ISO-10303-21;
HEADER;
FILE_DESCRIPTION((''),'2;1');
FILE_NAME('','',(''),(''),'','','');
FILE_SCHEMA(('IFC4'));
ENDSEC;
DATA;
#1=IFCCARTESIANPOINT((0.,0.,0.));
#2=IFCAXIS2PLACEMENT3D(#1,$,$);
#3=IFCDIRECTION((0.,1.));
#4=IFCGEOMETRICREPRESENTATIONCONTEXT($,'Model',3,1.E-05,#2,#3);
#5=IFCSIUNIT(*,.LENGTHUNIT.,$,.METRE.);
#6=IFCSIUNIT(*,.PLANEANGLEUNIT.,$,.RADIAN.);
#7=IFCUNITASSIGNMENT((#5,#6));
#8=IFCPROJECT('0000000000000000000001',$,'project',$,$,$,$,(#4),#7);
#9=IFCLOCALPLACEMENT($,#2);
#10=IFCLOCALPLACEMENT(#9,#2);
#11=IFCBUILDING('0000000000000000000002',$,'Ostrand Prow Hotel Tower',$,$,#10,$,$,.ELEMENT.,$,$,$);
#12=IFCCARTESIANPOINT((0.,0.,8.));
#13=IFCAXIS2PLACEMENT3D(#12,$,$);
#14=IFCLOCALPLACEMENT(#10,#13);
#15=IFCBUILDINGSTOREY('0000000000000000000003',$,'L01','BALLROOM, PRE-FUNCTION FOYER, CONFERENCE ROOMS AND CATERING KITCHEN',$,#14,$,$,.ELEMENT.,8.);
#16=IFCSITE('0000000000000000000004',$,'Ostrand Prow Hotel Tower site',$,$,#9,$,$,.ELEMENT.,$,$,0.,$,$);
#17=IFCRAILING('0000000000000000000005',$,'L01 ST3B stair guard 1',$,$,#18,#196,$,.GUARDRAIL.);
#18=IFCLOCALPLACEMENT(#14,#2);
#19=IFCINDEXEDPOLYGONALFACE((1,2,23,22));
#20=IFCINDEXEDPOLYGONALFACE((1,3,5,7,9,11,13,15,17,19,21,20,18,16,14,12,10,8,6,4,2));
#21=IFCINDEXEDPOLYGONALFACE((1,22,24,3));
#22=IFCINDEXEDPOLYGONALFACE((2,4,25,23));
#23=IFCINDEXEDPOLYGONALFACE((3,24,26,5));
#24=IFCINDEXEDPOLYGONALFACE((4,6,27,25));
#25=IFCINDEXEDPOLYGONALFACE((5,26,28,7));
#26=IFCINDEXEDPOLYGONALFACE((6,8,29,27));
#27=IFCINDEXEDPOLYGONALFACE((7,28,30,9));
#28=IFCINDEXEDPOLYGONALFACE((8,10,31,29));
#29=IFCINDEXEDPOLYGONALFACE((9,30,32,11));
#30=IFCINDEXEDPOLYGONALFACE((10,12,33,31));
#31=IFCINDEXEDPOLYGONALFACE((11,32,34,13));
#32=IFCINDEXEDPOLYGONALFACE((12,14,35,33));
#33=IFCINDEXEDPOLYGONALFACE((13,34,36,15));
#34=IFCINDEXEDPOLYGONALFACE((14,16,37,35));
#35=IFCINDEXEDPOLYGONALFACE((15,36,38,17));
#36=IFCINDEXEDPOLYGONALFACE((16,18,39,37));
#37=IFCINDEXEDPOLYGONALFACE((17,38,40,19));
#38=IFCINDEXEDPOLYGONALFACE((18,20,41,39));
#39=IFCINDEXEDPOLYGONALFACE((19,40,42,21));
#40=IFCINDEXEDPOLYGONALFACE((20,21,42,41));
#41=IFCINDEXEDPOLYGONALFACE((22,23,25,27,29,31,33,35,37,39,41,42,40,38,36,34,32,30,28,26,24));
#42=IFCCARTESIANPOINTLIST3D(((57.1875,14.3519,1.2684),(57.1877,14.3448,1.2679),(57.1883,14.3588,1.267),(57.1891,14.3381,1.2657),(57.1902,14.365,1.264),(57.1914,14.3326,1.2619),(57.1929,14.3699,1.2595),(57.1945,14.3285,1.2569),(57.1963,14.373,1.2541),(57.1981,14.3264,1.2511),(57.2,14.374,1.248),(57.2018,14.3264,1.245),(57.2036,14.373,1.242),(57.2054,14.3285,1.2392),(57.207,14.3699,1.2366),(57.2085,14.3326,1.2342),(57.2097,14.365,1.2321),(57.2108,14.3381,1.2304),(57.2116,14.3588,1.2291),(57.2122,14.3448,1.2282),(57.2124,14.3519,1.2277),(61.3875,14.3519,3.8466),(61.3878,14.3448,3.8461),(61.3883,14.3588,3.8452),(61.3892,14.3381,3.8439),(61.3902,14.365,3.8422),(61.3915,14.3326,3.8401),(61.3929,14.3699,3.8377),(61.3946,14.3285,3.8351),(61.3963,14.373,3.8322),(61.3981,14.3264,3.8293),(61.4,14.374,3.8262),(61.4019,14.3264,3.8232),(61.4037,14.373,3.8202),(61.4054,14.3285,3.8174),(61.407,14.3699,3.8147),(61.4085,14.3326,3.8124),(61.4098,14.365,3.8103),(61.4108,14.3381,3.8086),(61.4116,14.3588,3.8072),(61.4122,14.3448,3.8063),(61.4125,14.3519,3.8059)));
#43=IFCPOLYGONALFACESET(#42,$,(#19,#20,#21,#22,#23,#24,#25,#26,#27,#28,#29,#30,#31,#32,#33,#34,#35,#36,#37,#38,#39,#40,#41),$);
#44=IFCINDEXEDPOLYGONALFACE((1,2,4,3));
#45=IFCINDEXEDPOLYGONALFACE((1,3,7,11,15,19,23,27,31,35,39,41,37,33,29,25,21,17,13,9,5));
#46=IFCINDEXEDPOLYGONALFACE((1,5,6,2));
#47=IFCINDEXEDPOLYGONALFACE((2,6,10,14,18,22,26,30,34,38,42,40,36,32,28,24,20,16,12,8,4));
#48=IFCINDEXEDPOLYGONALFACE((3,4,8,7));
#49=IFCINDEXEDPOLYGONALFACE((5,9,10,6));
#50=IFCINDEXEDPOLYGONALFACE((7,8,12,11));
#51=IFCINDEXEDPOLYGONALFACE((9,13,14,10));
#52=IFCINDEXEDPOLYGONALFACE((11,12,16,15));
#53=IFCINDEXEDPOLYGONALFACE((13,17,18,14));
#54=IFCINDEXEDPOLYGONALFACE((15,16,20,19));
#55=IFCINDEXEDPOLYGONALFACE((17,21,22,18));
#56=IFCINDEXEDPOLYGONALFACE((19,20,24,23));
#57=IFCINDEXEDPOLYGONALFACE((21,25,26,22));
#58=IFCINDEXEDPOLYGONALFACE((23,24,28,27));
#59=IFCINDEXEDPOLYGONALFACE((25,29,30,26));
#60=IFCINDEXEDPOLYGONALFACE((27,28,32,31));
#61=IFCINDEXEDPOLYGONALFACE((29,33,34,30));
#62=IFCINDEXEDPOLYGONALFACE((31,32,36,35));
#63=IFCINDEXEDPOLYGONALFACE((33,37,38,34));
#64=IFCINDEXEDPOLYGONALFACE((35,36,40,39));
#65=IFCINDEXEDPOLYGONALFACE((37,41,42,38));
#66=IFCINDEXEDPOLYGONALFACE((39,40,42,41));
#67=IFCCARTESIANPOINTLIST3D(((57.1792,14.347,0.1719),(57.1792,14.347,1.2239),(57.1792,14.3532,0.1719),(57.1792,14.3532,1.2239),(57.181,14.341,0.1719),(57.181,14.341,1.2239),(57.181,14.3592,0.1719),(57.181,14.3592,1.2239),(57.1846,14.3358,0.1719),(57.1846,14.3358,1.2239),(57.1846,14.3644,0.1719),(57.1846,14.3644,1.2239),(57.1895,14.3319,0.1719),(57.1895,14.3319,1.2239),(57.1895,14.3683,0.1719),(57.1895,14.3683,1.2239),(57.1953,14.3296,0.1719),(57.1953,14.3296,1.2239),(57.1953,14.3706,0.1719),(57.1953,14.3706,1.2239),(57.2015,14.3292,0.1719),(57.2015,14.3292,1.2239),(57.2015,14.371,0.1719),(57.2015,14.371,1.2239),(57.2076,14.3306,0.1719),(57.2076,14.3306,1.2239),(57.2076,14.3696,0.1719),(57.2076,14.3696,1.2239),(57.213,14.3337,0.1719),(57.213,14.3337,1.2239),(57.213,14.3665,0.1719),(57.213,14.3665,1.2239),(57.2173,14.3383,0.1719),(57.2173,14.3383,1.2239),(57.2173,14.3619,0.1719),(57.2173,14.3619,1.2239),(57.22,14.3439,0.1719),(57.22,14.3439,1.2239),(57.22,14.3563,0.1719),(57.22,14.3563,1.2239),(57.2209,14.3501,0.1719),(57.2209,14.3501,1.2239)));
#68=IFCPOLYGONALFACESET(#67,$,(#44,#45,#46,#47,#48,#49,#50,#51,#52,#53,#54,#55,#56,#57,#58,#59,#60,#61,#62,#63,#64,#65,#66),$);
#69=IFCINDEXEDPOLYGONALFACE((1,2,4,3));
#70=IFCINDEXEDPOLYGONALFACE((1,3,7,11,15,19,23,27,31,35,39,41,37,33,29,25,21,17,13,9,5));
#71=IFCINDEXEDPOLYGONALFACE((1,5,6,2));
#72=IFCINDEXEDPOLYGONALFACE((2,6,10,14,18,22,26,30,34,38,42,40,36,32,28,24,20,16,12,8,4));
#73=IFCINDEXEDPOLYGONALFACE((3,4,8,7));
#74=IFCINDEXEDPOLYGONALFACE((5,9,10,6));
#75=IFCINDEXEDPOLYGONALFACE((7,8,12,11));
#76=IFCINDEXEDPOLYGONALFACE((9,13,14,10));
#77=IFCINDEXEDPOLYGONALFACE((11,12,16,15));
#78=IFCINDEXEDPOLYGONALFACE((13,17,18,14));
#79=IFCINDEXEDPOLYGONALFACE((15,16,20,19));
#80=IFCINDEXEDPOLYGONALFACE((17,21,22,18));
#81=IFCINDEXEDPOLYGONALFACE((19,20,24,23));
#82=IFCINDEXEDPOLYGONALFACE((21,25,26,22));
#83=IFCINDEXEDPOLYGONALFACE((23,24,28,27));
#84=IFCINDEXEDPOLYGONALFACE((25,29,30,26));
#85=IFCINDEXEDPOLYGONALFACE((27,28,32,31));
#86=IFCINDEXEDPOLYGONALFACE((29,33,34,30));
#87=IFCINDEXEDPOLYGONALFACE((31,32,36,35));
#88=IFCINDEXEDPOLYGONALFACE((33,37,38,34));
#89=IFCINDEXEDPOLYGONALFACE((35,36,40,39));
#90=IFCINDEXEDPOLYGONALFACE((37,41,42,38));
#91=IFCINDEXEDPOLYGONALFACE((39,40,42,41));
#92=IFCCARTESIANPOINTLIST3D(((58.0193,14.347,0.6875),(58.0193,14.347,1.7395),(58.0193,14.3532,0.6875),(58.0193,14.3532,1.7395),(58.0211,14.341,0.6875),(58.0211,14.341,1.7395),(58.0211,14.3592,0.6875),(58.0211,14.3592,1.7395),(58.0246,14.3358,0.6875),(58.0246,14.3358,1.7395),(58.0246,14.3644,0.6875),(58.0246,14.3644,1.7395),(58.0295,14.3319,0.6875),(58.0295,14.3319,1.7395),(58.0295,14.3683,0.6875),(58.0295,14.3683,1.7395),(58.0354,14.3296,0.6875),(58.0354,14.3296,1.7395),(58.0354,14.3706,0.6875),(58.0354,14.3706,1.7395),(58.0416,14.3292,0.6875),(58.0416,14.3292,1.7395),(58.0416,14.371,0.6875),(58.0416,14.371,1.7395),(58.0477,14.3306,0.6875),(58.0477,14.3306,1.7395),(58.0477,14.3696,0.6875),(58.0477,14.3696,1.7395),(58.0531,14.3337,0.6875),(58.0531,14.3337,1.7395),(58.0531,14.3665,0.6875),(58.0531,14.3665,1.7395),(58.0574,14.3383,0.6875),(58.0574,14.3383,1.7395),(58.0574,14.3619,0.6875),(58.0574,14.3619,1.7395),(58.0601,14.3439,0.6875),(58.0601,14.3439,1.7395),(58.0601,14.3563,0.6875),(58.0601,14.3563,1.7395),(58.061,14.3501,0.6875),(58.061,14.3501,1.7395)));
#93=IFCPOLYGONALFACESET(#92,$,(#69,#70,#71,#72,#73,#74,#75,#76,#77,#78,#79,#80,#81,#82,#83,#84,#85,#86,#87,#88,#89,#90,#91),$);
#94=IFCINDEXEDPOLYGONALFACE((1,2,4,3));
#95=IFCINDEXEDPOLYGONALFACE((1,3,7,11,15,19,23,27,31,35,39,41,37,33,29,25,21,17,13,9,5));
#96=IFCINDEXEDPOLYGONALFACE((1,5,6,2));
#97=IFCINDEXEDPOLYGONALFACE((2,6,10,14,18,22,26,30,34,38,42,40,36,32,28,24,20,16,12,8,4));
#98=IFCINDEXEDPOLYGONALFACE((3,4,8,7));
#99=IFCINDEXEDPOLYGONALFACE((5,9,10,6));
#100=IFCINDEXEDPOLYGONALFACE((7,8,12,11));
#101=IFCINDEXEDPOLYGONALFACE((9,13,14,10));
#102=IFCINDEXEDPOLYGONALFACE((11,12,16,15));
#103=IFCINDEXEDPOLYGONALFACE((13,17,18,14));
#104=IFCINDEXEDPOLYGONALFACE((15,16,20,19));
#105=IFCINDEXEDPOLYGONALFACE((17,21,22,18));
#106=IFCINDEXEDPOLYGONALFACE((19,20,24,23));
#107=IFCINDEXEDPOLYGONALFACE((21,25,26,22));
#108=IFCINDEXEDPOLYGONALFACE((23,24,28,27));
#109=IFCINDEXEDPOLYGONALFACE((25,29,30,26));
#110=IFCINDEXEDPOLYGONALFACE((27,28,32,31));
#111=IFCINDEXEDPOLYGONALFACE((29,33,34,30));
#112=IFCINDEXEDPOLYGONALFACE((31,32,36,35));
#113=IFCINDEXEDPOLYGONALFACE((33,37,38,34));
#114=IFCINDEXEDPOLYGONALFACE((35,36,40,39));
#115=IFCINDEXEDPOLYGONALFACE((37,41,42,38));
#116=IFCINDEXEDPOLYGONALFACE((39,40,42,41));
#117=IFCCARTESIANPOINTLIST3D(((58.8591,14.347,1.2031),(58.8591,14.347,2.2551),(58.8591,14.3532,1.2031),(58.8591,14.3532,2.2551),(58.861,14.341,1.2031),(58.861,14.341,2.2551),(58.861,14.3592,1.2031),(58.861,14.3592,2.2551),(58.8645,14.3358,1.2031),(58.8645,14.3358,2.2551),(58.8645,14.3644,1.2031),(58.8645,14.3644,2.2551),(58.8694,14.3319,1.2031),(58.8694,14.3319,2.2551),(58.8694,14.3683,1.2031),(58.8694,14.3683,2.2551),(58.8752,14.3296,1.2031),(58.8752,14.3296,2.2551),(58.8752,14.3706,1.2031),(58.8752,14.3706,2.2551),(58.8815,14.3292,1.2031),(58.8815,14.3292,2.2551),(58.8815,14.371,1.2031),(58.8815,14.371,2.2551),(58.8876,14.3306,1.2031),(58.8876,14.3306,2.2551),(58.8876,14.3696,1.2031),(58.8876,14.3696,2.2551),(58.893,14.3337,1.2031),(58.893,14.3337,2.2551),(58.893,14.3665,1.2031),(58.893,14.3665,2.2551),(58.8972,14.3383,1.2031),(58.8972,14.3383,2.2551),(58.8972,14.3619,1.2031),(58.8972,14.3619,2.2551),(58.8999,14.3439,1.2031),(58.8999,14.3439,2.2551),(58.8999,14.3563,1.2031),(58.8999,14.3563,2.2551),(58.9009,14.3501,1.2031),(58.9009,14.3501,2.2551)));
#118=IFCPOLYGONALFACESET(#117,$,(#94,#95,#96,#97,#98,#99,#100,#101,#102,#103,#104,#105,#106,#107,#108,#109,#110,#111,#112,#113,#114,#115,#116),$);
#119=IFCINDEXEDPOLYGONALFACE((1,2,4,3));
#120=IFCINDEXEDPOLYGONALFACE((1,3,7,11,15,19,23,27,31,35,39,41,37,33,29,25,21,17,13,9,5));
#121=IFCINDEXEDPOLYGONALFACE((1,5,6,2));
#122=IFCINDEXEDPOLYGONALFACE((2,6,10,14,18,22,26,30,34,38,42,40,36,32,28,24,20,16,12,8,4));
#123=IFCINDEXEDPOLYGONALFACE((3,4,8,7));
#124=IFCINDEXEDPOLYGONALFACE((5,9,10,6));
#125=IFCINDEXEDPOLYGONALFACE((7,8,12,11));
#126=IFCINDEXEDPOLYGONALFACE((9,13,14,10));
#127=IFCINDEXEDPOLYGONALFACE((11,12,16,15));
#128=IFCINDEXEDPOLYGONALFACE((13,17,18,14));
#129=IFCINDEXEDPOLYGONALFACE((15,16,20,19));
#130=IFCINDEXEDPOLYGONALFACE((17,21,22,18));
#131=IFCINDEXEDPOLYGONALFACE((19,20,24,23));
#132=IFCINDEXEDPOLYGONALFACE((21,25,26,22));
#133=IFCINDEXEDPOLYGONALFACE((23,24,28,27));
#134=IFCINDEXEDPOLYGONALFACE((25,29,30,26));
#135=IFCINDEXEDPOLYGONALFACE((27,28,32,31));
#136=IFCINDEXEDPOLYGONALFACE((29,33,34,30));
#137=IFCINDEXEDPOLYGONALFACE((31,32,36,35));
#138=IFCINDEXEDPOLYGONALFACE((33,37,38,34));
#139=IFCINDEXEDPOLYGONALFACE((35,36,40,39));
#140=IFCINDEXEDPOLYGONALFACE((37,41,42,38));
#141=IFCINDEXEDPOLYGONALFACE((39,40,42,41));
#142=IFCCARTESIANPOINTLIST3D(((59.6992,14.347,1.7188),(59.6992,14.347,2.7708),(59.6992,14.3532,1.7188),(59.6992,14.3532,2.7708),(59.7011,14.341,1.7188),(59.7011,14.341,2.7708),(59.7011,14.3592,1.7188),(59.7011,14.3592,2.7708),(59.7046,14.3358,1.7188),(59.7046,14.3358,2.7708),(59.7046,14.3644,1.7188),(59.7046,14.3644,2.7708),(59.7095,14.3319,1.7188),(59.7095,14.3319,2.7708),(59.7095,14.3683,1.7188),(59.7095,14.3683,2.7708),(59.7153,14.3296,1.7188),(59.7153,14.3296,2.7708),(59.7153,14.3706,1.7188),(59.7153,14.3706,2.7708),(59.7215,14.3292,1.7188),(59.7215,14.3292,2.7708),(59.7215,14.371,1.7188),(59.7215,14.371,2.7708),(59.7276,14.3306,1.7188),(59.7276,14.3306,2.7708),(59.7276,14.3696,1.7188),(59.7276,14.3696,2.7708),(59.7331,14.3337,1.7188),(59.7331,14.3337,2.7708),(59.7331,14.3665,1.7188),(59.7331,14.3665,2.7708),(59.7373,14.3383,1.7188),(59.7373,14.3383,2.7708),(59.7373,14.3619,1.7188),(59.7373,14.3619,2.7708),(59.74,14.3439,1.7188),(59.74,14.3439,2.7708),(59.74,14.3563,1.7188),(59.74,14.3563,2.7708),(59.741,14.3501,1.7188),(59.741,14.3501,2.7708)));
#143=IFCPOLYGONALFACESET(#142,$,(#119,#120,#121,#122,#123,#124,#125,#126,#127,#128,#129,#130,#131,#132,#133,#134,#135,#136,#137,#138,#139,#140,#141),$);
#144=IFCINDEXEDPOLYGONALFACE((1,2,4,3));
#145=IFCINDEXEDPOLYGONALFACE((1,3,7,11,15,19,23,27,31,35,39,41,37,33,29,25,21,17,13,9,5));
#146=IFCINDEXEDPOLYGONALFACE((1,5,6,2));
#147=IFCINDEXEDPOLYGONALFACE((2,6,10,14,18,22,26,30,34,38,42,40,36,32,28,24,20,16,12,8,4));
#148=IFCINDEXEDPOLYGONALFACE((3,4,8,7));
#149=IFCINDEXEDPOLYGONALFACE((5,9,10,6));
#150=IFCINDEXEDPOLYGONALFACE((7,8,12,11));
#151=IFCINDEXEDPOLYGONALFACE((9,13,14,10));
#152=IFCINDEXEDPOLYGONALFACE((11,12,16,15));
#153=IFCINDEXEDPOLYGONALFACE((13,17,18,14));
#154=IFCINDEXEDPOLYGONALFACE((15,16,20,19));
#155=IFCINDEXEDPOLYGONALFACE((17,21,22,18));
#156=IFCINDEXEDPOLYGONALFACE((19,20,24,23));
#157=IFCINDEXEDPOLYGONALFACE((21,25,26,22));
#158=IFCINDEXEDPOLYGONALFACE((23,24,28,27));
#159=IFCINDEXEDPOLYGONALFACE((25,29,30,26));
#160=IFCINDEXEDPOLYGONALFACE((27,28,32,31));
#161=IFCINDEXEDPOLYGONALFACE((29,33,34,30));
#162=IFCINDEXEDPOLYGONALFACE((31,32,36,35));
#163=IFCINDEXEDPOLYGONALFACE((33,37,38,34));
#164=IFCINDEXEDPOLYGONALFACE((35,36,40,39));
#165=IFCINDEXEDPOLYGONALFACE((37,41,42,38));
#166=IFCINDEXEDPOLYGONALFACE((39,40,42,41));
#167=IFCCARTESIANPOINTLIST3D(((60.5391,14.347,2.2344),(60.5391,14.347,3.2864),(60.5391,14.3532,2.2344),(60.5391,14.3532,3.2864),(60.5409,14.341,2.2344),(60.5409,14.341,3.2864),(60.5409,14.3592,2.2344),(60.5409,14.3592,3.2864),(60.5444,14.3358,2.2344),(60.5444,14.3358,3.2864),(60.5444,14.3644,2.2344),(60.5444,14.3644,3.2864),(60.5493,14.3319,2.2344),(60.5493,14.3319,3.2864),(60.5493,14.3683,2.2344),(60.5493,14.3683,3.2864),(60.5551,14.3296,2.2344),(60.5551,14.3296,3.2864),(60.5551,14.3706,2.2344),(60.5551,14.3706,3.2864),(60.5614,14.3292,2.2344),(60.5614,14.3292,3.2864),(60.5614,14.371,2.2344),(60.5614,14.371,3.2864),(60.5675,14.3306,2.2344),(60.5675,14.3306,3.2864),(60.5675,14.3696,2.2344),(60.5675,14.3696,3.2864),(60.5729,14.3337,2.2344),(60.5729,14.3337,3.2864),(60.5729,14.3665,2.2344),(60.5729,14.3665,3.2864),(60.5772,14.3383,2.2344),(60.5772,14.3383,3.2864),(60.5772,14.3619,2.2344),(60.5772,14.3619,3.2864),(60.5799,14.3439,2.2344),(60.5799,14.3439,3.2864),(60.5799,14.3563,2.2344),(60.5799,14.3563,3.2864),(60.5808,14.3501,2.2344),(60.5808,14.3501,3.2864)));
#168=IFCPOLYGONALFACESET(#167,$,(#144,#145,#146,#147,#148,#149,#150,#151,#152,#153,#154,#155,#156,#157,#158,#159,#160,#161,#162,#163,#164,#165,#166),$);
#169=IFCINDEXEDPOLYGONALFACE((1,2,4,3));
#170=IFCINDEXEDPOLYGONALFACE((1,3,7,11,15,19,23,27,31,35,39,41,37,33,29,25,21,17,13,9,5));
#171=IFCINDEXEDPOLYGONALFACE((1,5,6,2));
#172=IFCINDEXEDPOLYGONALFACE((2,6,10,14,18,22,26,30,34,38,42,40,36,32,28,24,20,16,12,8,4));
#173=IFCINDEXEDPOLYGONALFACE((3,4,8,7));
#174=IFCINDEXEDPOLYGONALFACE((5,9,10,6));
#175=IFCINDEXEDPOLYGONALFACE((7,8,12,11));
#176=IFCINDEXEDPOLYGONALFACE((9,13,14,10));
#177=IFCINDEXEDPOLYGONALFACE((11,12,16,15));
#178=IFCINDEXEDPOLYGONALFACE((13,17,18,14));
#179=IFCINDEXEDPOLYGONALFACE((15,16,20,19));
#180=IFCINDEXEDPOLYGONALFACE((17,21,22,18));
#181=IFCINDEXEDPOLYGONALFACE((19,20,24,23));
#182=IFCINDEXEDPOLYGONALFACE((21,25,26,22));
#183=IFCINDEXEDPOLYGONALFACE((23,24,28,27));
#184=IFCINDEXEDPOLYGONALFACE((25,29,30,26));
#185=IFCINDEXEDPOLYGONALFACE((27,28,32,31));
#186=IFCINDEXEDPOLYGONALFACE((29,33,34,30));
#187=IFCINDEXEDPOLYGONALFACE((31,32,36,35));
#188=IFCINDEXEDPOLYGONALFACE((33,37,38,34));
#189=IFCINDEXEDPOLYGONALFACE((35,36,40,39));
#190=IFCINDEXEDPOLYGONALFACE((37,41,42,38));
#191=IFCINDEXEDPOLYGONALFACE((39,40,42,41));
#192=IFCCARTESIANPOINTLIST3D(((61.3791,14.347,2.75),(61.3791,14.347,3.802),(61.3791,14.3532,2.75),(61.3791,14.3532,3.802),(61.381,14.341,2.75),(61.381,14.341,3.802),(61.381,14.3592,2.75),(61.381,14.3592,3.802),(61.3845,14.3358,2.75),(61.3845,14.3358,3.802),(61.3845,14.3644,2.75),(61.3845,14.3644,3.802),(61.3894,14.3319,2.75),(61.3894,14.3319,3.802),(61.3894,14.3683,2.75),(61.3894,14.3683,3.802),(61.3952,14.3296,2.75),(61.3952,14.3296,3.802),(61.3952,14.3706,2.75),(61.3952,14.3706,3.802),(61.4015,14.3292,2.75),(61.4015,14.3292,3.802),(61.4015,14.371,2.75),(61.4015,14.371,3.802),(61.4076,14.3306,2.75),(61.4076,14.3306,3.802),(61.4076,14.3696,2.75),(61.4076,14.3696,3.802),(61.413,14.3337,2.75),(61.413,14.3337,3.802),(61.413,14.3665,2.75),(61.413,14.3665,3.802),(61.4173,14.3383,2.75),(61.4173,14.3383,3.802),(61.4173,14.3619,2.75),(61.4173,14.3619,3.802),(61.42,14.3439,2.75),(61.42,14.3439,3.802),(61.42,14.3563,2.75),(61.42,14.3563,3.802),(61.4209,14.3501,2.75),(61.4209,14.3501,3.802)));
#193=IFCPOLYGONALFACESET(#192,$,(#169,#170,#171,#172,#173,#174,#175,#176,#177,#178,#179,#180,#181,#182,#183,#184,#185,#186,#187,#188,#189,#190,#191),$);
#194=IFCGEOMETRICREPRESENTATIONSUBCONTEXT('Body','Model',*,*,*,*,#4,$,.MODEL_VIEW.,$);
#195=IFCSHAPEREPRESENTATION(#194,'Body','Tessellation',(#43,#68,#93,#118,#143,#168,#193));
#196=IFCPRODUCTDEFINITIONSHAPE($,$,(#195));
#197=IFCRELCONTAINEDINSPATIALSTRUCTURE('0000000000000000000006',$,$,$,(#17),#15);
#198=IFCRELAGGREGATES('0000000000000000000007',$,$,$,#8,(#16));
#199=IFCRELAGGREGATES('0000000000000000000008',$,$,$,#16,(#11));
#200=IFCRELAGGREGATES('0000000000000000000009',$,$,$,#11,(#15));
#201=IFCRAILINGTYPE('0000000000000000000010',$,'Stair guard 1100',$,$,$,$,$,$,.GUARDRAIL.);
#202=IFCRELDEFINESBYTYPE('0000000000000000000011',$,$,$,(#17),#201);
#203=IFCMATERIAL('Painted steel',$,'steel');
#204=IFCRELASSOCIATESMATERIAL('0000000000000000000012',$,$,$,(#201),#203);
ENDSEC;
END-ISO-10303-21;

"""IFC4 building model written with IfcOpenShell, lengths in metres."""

from ifc_helpers import new_model, si_unit, direction, frame, origin, origin_2d, place, context, subcontext, project, spatial, circle, extrude, material, type_object, element, save


model = new_model("IFC4")

# Units and contexts
model_context = context("Model", 3, precision=1e-05, world=origin(), true_north=direction((0.0, 1.0)))
body_context = subcontext(model_context, "Body", "Model", "MODEL_VIEW")
ifc_project = project(units=[si_unit("LENGTHUNIT", "METRE"), si_unit("PLANEANGLEUNIT", "RADIAN")], contexts=[model_context])

# Site, building, storey
site_placement = place(None, origin())
site = spatial("IfcSite", under=ifc_project, at=site_placement, Name="Ostrand Prow Hotel Tower site", CompositionType="ELEMENT", RefElevation=0.0)
building_placement = place(site_placement, origin())
building = spatial("IfcBuilding", under=site, at=building_placement, Name="Ostrand Prow Hotel Tower", CompositionType="ELEMENT")
storey_placement = place(building_placement, frame((0.0, 0.0, 8.0)))
storey = spatial("IfcBuildingStorey", under=building, at=storey_placement, Name="L01", Description="BALLROOM, PRE-FUNCTION FOYER, CONFERENCE ROOMS AND CATERING KITCHEN", CompositionType="ELEMENT", Elevation=8.0)

# Railing
ifc_material_1 = material(Name="Painted steel", Category="steel")
railing_type_1 = type_object("IfcRailingType", Name="Stair guard 1100", PredefinedType="GUARDRAIL", material=ifc_material_1)
railing_1_placement = place(storey_placement, frame((57.2, 14.3501, 0.1719)))
element("IfcRailing", 1, at=railing_1_placement, inside=storey, type_object=railing_type_1, Name="L01 ST3B stair guard 1", PredefinedType="GUARDRAIL", context=body_context, shape_type="SweptSolid", body=[
    extrude(circle(Radius=0.0239, at=origin_2d()), frame((0.0, 0.0, 1.0762), z_axis=(0.852243, 0.0, 0.523146), x_axis=(0.0, 1.0, 0.0)), (0.0, 0.0, 1.0), 4.9282),
    extrude(circle(Radius=0.021, at=origin_2d()), origin(), (0.0, 0.0, 1.0), 1.052),
    extrude(circle(Radius=0.021, at=origin_2d()), frame((0.8401, 0.0, 0.5156)), (0.0, 0.0, 1.0), 1.052),
    extrude(circle(Radius=0.021, at=origin_2d()), frame((1.6799, 0.0, 1.0312)), (0.0, 0.0, 1.0), 1.052),
    extrude(circle(Radius=0.021, at=origin_2d()), frame((2.52, 0.0, 1.5469)), (0.0, 0.0, 1.0), 1.052),
    extrude(circle(Radius=0.021, at=origin_2d()), frame((3.3599, 0.0, 2.0625)), (0.0, 0.0, 1.0), 1.052),
    extrude(circle(Radius=0.021, at=origin_2d()), frame((4.2, 0.0, 2.5781)), (0.0, 0.0, 1.0), 1.052),
])

save(model, "model.ifc")
